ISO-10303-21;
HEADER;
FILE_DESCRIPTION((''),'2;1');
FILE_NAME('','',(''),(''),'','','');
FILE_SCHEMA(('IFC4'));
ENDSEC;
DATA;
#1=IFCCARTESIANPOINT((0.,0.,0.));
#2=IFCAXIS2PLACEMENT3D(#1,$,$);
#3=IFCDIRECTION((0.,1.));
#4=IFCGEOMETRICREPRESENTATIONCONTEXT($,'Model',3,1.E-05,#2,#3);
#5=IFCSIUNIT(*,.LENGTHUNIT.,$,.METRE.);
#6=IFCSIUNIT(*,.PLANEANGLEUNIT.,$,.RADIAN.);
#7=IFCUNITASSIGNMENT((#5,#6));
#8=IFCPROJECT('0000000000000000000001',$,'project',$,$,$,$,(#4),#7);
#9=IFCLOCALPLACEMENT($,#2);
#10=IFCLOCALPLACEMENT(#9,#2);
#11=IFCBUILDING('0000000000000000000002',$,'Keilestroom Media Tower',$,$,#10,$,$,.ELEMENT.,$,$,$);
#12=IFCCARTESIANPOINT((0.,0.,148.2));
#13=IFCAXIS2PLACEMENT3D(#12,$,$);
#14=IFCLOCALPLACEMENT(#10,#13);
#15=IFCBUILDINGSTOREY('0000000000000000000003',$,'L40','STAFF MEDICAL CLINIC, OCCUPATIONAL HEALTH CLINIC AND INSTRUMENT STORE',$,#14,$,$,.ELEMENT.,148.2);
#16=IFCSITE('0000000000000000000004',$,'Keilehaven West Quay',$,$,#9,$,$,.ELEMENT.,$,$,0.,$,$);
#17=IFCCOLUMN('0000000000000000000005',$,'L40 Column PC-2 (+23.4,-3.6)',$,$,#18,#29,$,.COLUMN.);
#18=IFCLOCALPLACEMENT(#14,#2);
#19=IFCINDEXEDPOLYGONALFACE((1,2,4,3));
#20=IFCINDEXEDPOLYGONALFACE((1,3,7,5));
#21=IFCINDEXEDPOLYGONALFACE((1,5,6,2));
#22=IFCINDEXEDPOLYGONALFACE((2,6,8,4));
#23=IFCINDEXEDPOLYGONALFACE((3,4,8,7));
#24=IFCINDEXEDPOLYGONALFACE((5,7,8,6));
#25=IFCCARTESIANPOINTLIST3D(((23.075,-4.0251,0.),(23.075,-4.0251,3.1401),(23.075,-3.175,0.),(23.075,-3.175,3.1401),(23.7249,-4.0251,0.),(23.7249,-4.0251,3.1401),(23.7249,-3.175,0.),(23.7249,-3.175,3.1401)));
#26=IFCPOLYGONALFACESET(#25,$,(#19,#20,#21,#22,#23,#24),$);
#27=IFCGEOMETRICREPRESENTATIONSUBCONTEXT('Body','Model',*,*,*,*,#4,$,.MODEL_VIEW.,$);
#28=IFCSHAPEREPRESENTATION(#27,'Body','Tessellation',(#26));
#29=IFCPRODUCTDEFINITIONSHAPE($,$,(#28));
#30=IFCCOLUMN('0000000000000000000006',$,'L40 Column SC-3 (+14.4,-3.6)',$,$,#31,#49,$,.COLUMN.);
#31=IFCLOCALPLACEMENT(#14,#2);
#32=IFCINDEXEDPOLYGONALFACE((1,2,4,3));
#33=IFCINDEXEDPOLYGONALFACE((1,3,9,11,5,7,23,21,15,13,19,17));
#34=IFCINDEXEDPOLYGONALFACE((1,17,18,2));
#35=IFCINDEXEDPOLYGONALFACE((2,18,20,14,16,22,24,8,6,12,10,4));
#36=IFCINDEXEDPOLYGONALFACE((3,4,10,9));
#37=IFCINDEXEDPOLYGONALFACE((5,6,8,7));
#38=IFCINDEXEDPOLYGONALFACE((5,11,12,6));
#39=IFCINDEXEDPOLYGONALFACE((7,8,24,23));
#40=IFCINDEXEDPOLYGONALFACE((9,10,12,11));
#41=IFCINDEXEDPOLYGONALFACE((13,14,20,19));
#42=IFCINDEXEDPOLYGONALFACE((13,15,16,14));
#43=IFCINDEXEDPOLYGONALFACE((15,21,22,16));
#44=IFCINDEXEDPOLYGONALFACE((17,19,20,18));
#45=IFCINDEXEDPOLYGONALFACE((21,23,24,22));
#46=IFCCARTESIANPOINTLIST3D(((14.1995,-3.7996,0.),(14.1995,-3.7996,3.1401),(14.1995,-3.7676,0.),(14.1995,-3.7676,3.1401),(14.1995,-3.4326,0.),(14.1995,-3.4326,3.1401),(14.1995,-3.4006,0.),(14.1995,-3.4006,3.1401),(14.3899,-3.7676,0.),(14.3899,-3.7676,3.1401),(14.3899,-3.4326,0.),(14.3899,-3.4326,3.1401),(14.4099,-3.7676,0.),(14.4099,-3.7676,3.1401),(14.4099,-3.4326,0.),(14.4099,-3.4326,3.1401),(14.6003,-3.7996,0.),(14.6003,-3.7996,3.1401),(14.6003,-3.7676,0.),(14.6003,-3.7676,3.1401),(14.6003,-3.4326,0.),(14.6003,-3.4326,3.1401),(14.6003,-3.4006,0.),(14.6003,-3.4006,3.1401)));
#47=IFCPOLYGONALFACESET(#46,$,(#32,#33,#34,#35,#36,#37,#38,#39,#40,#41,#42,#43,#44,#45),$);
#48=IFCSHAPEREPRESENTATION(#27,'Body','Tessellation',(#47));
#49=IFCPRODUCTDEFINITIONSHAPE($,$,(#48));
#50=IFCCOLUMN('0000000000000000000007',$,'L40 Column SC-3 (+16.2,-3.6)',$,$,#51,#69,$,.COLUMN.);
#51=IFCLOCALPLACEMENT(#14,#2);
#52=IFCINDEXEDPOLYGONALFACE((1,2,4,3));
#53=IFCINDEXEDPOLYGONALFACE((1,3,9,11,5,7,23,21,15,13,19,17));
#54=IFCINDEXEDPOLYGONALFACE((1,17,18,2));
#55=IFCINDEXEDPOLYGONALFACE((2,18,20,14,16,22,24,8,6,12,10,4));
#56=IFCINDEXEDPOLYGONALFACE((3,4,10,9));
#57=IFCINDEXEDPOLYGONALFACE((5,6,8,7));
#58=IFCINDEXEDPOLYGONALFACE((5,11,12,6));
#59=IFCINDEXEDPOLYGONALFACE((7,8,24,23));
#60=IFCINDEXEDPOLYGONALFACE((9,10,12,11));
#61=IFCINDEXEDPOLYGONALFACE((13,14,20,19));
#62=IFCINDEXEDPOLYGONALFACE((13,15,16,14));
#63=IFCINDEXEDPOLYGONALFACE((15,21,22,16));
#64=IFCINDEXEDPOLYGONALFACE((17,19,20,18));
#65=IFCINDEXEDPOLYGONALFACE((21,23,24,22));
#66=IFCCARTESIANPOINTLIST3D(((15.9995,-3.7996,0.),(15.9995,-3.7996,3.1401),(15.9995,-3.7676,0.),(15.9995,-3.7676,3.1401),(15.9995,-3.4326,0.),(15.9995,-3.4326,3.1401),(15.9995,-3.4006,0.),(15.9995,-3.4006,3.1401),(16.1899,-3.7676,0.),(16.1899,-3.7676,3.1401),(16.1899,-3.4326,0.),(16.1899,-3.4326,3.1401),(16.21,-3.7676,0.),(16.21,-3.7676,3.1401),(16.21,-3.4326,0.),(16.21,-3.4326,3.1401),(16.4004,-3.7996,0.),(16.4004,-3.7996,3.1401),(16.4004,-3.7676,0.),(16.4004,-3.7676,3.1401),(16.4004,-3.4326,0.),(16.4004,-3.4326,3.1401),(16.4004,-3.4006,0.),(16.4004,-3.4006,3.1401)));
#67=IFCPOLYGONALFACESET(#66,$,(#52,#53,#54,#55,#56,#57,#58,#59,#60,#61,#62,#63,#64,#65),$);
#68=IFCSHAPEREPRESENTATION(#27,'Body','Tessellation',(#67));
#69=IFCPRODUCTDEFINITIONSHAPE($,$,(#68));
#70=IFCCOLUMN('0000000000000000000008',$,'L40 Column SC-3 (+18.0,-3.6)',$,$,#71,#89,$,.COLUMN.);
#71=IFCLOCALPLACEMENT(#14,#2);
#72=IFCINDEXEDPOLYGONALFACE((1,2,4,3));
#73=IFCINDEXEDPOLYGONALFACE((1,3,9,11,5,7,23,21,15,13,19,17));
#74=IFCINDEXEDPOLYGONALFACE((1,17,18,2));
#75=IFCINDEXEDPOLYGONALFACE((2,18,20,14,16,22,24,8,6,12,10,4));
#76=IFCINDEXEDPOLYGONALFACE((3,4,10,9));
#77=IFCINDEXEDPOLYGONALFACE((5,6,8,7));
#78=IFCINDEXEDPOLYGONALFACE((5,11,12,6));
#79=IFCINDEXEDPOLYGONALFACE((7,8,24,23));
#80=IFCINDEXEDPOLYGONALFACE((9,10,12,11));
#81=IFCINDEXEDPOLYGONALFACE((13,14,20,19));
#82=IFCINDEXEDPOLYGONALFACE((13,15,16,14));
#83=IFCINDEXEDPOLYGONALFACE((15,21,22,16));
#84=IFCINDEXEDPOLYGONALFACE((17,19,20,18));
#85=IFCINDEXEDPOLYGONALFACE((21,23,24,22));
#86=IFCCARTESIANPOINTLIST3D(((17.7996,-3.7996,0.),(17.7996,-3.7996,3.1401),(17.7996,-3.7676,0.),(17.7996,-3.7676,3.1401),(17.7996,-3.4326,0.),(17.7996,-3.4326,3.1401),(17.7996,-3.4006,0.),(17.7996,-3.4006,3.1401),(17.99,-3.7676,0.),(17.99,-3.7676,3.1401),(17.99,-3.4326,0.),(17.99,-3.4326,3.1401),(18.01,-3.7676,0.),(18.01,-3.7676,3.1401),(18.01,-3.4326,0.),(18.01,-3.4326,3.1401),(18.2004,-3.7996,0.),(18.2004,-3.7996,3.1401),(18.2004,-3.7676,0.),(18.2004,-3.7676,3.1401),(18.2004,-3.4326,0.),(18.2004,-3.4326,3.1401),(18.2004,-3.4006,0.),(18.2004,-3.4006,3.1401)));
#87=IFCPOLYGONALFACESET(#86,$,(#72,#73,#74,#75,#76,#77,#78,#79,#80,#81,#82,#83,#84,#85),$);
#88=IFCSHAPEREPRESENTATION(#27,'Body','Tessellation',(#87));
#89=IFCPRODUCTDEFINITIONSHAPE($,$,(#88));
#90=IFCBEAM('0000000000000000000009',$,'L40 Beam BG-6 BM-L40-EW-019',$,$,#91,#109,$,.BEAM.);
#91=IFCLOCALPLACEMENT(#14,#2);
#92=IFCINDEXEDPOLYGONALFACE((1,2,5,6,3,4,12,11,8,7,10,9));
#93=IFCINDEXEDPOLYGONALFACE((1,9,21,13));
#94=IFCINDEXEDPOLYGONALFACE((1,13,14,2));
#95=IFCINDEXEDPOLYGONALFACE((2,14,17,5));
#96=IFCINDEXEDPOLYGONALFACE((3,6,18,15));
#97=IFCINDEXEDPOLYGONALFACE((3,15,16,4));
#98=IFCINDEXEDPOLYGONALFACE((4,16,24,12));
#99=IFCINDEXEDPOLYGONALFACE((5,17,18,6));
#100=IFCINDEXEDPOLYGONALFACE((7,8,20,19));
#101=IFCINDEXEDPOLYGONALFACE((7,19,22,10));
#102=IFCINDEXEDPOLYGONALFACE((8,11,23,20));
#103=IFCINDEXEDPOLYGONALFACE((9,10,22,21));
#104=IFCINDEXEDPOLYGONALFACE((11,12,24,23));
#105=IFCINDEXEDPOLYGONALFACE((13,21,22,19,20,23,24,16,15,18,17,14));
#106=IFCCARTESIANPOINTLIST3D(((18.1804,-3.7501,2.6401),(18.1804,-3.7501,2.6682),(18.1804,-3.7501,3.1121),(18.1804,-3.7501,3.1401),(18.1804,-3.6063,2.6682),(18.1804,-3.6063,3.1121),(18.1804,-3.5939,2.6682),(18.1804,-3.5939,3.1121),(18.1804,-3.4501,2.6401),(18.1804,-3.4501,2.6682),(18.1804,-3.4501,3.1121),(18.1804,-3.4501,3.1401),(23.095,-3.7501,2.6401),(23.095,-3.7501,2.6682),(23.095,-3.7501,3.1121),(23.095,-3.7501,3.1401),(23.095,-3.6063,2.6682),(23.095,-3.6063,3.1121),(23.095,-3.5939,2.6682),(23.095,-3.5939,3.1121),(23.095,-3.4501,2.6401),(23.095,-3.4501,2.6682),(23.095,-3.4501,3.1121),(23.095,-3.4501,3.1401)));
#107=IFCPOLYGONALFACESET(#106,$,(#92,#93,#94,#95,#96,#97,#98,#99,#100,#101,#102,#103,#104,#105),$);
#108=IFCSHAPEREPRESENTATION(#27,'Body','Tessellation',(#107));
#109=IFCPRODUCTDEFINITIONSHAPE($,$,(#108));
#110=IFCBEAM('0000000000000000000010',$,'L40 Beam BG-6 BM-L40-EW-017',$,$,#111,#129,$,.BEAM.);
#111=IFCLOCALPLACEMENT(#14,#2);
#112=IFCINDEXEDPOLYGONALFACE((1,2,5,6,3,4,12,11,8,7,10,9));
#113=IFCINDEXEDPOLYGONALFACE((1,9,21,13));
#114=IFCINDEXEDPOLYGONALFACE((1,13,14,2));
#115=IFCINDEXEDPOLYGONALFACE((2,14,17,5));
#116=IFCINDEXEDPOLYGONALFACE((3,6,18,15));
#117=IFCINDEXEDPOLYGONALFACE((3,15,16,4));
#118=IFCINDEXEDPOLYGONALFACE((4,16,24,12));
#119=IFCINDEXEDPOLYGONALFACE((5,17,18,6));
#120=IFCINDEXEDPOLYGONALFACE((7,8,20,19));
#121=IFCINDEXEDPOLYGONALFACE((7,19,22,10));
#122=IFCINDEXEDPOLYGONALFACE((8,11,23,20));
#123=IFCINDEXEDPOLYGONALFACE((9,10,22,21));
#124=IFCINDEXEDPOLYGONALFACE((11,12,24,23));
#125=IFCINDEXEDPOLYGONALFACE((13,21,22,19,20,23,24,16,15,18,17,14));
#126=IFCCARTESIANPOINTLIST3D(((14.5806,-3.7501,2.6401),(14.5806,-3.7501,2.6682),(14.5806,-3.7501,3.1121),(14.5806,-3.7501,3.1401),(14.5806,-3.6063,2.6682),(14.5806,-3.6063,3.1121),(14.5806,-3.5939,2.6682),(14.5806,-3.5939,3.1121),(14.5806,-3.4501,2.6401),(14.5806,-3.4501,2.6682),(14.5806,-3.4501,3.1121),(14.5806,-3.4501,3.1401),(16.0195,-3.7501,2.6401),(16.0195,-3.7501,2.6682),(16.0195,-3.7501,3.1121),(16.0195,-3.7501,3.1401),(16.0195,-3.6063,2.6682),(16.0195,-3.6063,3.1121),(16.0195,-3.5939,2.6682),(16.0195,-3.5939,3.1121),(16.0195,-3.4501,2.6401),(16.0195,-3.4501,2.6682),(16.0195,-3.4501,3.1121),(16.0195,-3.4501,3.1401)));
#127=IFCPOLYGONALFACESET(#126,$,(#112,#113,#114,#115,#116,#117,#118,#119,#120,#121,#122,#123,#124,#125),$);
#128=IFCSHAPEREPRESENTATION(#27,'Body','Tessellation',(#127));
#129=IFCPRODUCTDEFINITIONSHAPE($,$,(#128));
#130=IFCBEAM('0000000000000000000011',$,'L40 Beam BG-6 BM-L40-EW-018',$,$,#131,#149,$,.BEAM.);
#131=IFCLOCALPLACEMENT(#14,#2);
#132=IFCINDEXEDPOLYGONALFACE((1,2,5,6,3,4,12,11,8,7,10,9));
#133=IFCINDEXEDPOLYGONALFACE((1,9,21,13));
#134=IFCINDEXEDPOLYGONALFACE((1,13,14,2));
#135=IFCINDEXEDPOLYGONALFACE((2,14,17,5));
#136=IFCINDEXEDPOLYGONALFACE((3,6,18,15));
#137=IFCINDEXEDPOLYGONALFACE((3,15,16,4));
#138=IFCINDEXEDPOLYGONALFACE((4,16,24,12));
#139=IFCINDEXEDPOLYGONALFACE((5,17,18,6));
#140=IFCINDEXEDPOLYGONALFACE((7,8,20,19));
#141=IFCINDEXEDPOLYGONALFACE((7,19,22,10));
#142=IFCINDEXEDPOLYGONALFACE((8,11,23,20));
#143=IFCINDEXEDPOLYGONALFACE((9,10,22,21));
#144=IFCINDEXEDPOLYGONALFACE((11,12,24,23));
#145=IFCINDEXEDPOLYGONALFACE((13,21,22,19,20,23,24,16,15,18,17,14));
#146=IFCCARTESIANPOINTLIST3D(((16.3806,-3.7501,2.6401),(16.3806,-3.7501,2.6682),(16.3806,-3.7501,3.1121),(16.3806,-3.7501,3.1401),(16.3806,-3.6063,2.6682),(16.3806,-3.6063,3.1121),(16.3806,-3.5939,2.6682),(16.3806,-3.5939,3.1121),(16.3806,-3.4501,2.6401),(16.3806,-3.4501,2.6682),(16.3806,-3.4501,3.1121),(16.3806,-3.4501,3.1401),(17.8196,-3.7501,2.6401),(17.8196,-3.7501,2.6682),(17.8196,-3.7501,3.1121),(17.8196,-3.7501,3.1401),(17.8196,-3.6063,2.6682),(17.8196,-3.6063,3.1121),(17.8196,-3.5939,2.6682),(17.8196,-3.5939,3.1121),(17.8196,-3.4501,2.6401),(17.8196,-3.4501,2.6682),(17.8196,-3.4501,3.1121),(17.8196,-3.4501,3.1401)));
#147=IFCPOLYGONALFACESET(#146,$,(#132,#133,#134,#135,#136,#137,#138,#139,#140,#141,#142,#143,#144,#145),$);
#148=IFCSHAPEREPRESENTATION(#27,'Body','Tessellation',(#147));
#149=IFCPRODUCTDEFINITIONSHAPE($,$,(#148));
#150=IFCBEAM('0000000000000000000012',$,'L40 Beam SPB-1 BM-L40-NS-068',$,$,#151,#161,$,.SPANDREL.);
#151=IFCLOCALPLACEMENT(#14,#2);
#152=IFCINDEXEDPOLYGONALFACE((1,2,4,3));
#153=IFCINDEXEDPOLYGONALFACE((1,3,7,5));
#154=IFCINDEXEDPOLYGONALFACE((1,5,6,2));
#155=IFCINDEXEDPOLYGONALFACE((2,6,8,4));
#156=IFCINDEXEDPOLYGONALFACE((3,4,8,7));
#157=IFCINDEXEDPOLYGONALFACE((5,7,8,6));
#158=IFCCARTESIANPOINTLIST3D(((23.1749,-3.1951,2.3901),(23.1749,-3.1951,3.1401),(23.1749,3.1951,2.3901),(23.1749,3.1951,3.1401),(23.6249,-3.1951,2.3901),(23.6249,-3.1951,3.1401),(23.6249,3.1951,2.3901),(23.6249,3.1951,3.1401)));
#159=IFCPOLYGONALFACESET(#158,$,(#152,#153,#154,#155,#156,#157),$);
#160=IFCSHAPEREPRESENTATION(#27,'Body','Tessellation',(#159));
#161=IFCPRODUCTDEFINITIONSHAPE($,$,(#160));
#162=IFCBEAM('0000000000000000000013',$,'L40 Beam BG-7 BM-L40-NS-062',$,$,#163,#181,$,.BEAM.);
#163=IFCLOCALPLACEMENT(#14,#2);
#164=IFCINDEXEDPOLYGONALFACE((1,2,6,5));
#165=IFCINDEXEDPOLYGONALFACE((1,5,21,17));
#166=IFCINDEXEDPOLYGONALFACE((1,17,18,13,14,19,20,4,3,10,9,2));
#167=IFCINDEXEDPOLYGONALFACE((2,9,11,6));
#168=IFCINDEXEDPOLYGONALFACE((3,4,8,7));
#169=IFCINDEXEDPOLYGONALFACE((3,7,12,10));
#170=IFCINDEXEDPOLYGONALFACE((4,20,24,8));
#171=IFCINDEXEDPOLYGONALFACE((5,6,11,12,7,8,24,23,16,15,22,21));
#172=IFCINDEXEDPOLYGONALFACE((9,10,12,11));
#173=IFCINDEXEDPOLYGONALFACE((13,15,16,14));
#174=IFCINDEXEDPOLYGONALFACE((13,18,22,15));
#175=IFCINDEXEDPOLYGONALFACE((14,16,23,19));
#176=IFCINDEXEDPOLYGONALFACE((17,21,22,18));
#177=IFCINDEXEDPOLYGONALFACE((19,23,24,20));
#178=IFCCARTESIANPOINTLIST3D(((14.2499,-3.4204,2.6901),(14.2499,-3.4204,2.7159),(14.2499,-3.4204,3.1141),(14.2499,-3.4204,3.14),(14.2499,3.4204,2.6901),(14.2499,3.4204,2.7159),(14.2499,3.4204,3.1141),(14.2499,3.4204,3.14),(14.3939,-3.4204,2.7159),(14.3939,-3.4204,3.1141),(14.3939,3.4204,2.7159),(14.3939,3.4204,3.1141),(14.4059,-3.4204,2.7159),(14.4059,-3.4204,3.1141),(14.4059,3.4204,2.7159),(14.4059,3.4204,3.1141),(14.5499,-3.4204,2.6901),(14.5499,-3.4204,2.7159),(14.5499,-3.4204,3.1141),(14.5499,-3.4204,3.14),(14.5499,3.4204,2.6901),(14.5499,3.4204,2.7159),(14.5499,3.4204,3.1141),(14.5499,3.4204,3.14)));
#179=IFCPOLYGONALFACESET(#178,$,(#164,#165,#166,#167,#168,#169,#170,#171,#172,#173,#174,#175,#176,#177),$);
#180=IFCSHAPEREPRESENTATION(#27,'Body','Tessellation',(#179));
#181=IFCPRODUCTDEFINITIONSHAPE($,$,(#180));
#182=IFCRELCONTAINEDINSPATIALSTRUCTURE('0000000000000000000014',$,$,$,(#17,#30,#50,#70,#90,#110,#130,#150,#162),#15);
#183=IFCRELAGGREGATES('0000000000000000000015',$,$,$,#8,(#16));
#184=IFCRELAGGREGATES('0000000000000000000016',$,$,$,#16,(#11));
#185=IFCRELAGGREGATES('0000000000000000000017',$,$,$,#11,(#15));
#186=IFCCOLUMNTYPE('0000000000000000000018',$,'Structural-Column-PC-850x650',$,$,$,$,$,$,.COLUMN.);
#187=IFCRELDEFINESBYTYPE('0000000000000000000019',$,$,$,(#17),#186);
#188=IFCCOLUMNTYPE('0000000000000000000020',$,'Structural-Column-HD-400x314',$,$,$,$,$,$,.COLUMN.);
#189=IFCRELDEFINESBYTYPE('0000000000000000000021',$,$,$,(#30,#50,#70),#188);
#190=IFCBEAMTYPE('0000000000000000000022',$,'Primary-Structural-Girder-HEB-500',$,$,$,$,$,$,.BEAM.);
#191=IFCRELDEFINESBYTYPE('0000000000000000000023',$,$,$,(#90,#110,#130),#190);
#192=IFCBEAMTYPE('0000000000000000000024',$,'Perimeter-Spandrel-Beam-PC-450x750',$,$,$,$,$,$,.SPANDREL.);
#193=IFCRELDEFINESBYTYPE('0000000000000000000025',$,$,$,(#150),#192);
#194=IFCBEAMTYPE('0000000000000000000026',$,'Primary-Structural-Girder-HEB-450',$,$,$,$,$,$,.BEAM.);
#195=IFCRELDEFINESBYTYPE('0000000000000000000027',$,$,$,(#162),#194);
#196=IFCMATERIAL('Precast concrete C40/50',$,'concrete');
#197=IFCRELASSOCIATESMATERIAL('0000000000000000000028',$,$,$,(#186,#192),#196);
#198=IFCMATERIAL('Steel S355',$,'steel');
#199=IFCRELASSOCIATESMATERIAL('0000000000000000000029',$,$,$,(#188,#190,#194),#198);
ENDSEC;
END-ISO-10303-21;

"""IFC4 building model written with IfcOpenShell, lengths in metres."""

from ifc_helpers import new_model, si_unit, direction, frame, origin, origin_2d, place, context, subcontext, project, spatial, rectangle, i_section, extrude, source, transform, mapped, material, material_profile, profile_set, type_object, element, save


model = new_model("IFC4")

# Units and contexts
model_context = context("Model", 3, precision=1e-05, world=origin(), true_north=direction((0.0, 1.0)))
body_context = subcontext(model_context, "Body", "Model", "MODEL_VIEW")
ifc_project = project(units=[si_unit("LENGTHUNIT", "METRE"), si_unit("PLANEANGLEUNIT", "RADIAN")], contexts=[model_context])

# Site, building, storey
site_placement = place(None, origin())
site = spatial("IfcSite", under=ifc_project, at=site_placement, Name="Keilehaven West Quay", CompositionType="ELEMENT", RefElevation=0.0)
building_placement = place(site_placement, origin())
building = spatial("IfcBuilding", under=site, at=building_placement, Name="Keilestroom Media Tower", CompositionType="ELEMENT")
storey_placement = place(building_placement, frame((0.0, 0.0, 148.2)))
storey = spatial("IfcBuildingStorey", under=building, at=storey_placement, Name="L40", Description="STAFF MEDICAL CLINIC, OCCUPATIONAL HEALTH CLINIC AND INSTRUMENT STORE", CompositionType="ELEMENT", Elevation=148.2)

# Columns
ifc_material_1 = material(Name="Precast concrete C40/50", Category="concrete")
ifc_material_profile_1 = material_profile(ifc_material_1, rectangle(XDim=0.6499, YDim=0.8501, at=origin_2d()), Name="PC 850x650")
ifc_profile_set_1 = profile_set([ifc_material_profile_1], Name="Precast concrete C40/50")
column_type_1 = type_object("IfcColumnType", Name="Structural-Column-PC-850x650", PredefinedType="COLUMN", material=ifc_profile_set_1)
shared_shape_1 = source(origin(), body_context, "Body", "SweptSolid", [
    extrude(rectangle(XDim=0.6499, YDim=0.8501, at=origin_2d()), origin(), (0.0, 0.0, 1.0), 3.1401),
])
column_placement = place(storey_placement, frame((23.3999, -3.6001, 0.0), z_axis=(0.0, 0.0, 1.0), x_axis=(1.0, 0.0, 0.0)))
element("IfcColumn", 1, at=column_placement, inside=storey, type_object=column_type_1, Name="L40 Column PC-2 (+23.4,-3.6)", PredefinedType="COLUMN", context=body_context, shape_type="MappedRepresentation", body=[
    mapped(shared_shape_1, transform((0.0, 0.0, 0.0), x_axis=(1.0, 0.0, 0.0), y_axis=(0.0, 1.0, 0.0), z_axis=(0.0, 0.0, 1.0), scale=1.0)),
])
ifc_material_2 = material(Name="Steel S355", Category="steel")
ifc_material_profile_2 = material_profile(ifc_material_2, i_section(OverallWidth=0.4009, OverallDepth=0.3989, WebThickness=0.02, FlangeThickness=0.032, at=origin_2d()), Name="HD 400x314")
ifc_profile_set_2 = profile_set([ifc_material_profile_2], Name="Steel S355")
column_type_2 = type_object("IfcColumnType", Name="Structural-Column-HD-400x314", PredefinedType="COLUMN", material=ifc_profile_set_2)
shared_shape_2 = source(origin(), body_context, "Body", "SweptSolid", [
    extrude(i_section(OverallWidth=0.4009, OverallDepth=0.3989, WebThickness=0.02, FlangeThickness=0.032, at=origin_2d()), origin(), (0.0, 0.0, 1.0), 3.1401),
])
for number, where, z_axis, x_axis, name in (
    (2, (14.3999, -3.6001, 0.0), (0.0, 0.0, 1.0), (1.0, 0.0, 0.0), "L40 Column SC-3 (+14.4,-3.6)"),
    (3, (16.2, -3.6001, 0.0), (0.0, 0.0, 1.0), (1.0, 0.0, 0.0), "L40 Column SC-3 (+16.2,-3.6)"),
    (4, (18.0, -3.6001, 0.0), (0.0, 0.0, 1.0), (1.0, 0.0, 0.0), "L40 Column SC-3 (+18.0,-3.6)"),
):
    element("IfcColumn", number, at=place(storey_placement, frame(where, z_axis=z_axis, x_axis=x_axis)), inside=storey, type_object=column_type_2, Name=name, PredefinedType="COLUMN", context=body_context, shape_type="MappedRepresentation", body=[
        mapped(shared_shape_2, transform((0.0, 0.0, 0.0), x_axis=(1.0, 0.0, 0.0), y_axis=(0.0, 1.0, 0.0), z_axis=(0.0, 0.0, 1.0), scale=1.0)),
    ])

# Beams
ifc_material_profile_3 = material_profile(ifc_material_2, i_section(OverallWidth=0.3, OverallDepth=0.5, WebThickness=0.0125, FlangeThickness=0.0281, at=origin_2d()), Name="HEB 500")
ifc_profile_set_3 = profile_set([ifc_material_profile_3], Name="Steel S355")
beam_type_1 = type_object("IfcBeamType", Name="Primary-Structural-Girder-HEB-500", PredefinedType="BEAM", material=ifc_profile_set_3)
shared_shape_3 = source(origin(), body_context, "Body", "SweptSolid", [
    extrude(i_section(OverallWidth=0.3, OverallDepth=0.5, WebThickness=0.0125, FlangeThickness=0.0281, at=origin_2d()), origin(), (0.0, 0.0, 1.0), 4.9146),
])
beam_1_placement = place(storey_placement, frame((18.1804, -3.6001, 2.8901), z_axis=(1.0, 0.0, 0.0), x_axis=(0.0, 1.0, 0.0)))
element("IfcBeam", 5, at=beam_1_placement, inside=storey, type_object=beam_type_1, Name="L40 Beam BG-6 BM-L40-EW-019", PredefinedType="BEAM", context=body_context, shape_type="MappedRepresentation", body=[
    mapped(shared_shape_3, transform((0.0, 0.0, 0.0), x_axis=(1.0, 0.0, 0.0), y_axis=(0.0, 1.0, 0.0), z_axis=(0.0, 0.0, 1.0), scale=1.0)),
])
shared_shape_4 = source(origin(), body_context, "Body", "SweptSolid", [
    extrude(i_section(OverallWidth=0.3, OverallDepth=0.5, WebThickness=0.0125, FlangeThickness=0.0281, at=origin_2d()), origin(), (0.0, 0.0, 1.0), 1.439),
])
for number, where, z_axis, x_axis, name in (
    (6, (14.5806, -3.6001, 2.8901), (1.0, 0.0, 0.0), (0.0, 1.0, 0.0), "L40 Beam BG-6 BM-L40-EW-017"),
    (7, (16.3806, -3.6001, 2.8901), (1.0, 0.0, 0.0), (0.0, 1.0, 0.0), "L40 Beam BG-6 BM-L40-EW-018"),
):
    element("IfcBeam", number, at=place(storey_placement, frame(where, z_axis=z_axis, x_axis=x_axis)), inside=storey, type_object=beam_type_1, Name=name, PredefinedType="BEAM", context=body_context, shape_type="MappedRepresentation", body=[
        mapped(shared_shape_4, transform((0.0, 0.0, 0.0), x_axis=(1.0, 0.0, 0.0), y_axis=(0.0, 1.0, 0.0), z_axis=(0.0, 0.0, 1.0), scale=1.0)),
    ])
ifc_material_profile_4 = material_profile(ifc_material_1, rectangle(XDim=0.45, YDim=0.75, at=origin_2d()), Name="PC 450x750")
ifc_profile_set_4 = profile_set([ifc_material_profile_4], Name="Precast concrete C40/50")
beam_type_2 = type_object("IfcBeamType", Name="Perimeter-Spandrel-Beam-PC-450x750", PredefinedType="SPANDREL", material=ifc_profile_set_4)
shared_shape_5 = source(origin(), body_context, "Body", "SweptSolid", [
    extrude(rectangle(XDim=0.45, YDim=0.75, at=origin_2d()), origin(), (0.0, 0.0, 1.0), 6.3901),
])
beam_2_placement = place(storey_placement, frame((23.3999, -3.1951, 2.7651), z_axis=(0.0, 1.0, 0.0), x_axis=(-1.0, 0.0, 0.0)))
element("IfcBeam", 8, at=beam_2_placement, inside=storey, type_object=beam_type_2, Name="L40 Beam SPB-1 BM-L40-NS-068", PredefinedType="SPANDREL", context=body_context, shape_type="MappedRepresentation", body=[
    mapped(shared_shape_5, transform((0.0, 0.0, 0.0), x_axis=(1.0, 0.0, 0.0), y_axis=(0.0, 1.0, 0.0), z_axis=(0.0, 0.0, 1.0), scale=1.0)),
])
ifc_material_profile_5 = material_profile(ifc_material_2, i_section(OverallWidth=0.3, OverallDepth=0.45, WebThickness=0.012, FlangeThickness=0.0259, at=origin_2d()), Name="HEB 450")
ifc_profile_set_5 = profile_set([ifc_material_profile_5], Name="Steel S355")
beam_type_3 = type_object("IfcBeamType", Name="Primary-Structural-Girder-HEB-450", PredefinedType="BEAM", material=ifc_profile_set_5)
shared_shape_6 = source(origin(), body_context, "Body", "SweptSolid", [
    extrude(i_section(OverallWidth=0.3, OverallDepth=0.45, WebThickness=0.012, FlangeThickness=0.0259, at=origin_2d()), origin(), (0.0, 0.0, 1.0), 6.8408),
])
for number, where, z_axis, x_axis, name in (
    (9, (14.3999, -3.4204, 2.915), (0.0, 1.0, 0.0), (-1.0, 0.0, 0.0), "L40 Beam BG-7 BM-L40-NS-062"),
):
    element("IfcBeam", number, at=place(storey_placement, frame(where, z_axis=z_axis, x_axis=x_axis)), inside=storey, type_object=beam_type_3, Name=name, PredefinedType="BEAM", context=body_context, shape_type="MappedRepresentation", body=[
        mapped(shared_shape_6, transform((0.0, 0.0, 0.0), x_axis=(1.0, 0.0, 0.0), y_axis=(0.0, 1.0, 0.0), z_axis=(0.0, 0.0, 1.0), scale=1.0)),
    ])

save(model, "model.ifc")
